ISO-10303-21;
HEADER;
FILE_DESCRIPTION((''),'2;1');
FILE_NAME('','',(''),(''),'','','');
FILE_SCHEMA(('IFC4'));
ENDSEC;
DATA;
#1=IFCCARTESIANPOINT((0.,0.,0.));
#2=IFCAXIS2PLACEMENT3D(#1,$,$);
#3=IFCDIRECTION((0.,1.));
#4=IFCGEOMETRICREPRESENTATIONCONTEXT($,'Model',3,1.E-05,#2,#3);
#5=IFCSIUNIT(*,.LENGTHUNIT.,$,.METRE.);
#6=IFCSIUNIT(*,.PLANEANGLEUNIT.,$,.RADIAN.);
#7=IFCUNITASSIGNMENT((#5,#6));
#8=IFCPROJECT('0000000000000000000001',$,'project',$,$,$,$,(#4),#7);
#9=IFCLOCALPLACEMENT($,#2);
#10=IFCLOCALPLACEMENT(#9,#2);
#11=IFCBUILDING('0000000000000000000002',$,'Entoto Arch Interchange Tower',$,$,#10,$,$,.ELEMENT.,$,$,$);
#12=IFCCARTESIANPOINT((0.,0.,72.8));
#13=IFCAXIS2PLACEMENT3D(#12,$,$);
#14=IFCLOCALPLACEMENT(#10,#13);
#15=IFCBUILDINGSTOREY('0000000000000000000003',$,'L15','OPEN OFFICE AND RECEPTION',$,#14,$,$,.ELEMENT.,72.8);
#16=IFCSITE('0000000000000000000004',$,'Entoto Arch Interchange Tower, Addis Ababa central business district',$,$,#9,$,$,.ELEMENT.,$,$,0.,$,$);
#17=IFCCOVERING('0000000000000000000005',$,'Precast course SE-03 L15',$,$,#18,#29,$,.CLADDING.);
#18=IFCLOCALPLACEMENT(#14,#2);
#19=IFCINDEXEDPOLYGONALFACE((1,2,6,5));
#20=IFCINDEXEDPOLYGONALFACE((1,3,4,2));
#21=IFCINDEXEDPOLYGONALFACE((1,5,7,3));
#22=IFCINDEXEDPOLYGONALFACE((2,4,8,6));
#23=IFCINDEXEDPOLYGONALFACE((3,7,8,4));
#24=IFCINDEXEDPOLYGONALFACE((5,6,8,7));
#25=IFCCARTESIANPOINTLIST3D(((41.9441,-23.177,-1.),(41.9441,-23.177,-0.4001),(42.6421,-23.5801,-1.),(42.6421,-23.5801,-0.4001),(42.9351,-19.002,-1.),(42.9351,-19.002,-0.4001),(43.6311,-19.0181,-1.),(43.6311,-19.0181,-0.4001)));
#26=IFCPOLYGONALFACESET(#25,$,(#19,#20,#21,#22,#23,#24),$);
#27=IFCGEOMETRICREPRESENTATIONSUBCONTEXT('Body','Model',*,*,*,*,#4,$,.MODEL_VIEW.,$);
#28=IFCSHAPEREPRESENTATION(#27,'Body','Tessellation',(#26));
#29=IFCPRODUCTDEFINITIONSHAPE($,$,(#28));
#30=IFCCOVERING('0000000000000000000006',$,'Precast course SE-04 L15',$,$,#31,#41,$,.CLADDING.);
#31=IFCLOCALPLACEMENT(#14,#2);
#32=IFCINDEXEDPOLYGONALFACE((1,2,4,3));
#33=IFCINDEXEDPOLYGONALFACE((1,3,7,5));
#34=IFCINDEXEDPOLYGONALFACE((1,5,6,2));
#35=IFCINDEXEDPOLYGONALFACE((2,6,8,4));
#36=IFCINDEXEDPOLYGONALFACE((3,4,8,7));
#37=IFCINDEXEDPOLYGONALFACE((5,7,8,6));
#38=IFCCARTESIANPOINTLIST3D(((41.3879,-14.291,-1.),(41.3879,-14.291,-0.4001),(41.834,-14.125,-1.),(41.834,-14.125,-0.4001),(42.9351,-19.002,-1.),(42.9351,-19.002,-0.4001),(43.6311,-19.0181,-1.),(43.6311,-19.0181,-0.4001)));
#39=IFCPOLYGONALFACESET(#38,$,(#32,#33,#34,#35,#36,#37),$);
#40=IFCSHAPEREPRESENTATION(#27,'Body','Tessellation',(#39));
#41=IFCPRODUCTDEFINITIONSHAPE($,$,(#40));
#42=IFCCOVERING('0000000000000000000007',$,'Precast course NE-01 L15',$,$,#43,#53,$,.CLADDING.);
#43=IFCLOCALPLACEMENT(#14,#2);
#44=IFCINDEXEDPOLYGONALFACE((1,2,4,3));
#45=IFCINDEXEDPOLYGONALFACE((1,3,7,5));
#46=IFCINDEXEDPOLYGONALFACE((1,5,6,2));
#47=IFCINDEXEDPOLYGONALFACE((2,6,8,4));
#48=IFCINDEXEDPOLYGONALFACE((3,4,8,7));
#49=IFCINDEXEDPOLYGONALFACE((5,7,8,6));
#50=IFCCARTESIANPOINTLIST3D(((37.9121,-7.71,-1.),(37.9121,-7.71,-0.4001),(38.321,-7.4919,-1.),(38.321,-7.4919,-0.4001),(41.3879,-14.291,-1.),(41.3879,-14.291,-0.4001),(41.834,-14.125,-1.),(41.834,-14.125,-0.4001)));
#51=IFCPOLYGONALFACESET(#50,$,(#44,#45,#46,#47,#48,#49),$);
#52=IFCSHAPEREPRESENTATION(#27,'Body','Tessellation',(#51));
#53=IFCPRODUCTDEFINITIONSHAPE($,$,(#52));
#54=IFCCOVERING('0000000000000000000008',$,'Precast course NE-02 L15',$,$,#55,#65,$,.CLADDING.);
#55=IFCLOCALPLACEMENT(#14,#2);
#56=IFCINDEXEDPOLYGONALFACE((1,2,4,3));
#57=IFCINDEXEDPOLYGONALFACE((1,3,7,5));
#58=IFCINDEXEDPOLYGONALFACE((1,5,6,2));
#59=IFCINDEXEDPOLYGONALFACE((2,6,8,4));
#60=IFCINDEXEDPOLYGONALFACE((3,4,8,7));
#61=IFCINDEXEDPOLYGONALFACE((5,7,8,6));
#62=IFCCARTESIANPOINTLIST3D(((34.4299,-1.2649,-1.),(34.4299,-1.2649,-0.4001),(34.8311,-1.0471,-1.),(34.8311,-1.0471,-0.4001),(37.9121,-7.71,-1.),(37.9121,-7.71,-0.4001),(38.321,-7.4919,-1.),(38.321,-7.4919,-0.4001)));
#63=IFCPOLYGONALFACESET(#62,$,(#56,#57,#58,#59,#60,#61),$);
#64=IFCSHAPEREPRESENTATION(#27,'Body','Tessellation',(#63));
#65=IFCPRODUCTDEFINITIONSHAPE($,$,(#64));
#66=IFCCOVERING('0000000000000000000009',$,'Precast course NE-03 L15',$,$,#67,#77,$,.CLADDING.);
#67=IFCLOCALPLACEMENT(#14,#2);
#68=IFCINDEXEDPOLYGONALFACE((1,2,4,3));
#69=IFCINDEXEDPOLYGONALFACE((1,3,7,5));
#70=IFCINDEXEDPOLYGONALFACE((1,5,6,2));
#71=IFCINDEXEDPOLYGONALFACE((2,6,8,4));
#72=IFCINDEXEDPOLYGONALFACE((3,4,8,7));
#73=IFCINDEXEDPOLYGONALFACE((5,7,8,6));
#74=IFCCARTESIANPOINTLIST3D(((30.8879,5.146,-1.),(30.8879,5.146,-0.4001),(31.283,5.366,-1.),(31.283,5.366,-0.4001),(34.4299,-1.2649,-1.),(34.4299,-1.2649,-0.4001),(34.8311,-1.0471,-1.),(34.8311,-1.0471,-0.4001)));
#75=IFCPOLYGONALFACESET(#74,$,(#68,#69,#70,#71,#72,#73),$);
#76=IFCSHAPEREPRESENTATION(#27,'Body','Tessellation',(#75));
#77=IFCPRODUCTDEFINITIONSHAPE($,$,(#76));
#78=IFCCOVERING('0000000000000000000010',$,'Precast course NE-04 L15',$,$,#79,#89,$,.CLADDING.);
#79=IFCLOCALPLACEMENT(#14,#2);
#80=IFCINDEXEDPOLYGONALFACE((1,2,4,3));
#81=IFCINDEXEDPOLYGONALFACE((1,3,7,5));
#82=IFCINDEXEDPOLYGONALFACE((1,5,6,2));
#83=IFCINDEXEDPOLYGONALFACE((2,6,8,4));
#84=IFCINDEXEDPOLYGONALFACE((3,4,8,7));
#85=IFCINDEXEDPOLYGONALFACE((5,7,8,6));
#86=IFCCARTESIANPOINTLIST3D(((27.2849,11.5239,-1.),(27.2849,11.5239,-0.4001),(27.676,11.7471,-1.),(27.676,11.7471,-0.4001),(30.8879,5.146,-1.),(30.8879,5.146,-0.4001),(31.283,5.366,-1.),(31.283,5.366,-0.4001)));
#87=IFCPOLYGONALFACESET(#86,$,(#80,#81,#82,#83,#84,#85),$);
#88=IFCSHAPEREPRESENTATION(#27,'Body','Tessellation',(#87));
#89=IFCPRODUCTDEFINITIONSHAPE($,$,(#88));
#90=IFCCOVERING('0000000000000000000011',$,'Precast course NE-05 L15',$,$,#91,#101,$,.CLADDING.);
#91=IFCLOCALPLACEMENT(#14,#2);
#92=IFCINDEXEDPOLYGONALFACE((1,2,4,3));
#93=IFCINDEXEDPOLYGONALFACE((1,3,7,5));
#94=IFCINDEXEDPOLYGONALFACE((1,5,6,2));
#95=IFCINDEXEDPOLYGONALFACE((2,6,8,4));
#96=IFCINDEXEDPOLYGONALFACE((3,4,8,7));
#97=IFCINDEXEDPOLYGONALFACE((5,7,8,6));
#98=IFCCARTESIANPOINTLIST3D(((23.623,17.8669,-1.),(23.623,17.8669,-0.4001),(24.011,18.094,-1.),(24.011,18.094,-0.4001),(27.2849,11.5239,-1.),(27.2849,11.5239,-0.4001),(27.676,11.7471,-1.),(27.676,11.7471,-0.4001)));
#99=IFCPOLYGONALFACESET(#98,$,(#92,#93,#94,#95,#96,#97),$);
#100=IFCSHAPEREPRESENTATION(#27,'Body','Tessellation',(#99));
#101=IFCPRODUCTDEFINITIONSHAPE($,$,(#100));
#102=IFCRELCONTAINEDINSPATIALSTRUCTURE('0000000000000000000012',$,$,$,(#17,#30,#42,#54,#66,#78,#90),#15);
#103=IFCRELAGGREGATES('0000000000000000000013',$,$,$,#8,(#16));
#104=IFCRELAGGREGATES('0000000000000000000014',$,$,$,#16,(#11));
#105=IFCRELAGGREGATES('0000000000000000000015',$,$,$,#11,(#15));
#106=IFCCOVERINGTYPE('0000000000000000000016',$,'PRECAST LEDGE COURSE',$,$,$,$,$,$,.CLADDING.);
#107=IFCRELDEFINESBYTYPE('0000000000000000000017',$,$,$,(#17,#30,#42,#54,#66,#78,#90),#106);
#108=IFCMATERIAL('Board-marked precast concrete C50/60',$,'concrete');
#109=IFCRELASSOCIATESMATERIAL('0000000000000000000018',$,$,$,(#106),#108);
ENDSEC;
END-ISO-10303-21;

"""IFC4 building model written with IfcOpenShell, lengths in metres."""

from ifc_helpers import new_model, si_unit, direction, frame, origin, place, context, subcontext, project, spatial, polyline, outline, extrude, material, type_object, element, save


model = new_model("IFC4")

# Units and contexts
model_context = context("Model", 3, precision=1e-05, world=origin(), true_north=direction((0.0, 1.0)))
body_context = subcontext(model_context, "Body", "Model", "MODEL_VIEW")
ifc_project = project(units=[si_unit("LENGTHUNIT", "METRE"), si_unit("PLANEANGLEUNIT", "RADIAN")], contexts=[model_context])

# Site, building, storey
site_placement = place(None, origin())
site = spatial("IfcSite", under=ifc_project, at=site_placement, Name="Entoto Arch Interchange Tower, Addis Ababa central business district", CompositionType="ELEMENT", RefElevation=0.0)
building_placement = place(site_placement, origin())
building = spatial("IfcBuilding", under=site, at=building_placement, Name="Entoto Arch Interchange Tower", CompositionType="ELEMENT")
storey_placement = place(building_placement, frame((0.0, 0.0, 72.8)))
storey = spatial("IfcBuildingStorey", under=building, at=storey_placement, Name="L15", Description="OPEN OFFICE AND RECEPTION", CompositionType="ELEMENT", Elevation=72.8)

# Coverings
ifc_material_1 = material(Name="Board-marked precast concrete C50/60", Category="concrete")
covering_type = type_object("IfcCoveringType", Name="PRECAST LEDGE COURSE", PredefinedType="CLADDING", material=ifc_material_1)
covering_1_placement = place(storey_placement, frame((0.0, 0.0, -1.0)))
element("IfcCovering", 1, at=covering_1_placement, inside=storey, type_object=covering_type, Name="Precast course SE-03 L15", PredefinedType="CLADDING", context=body_context, shape_type="SweptSolid", body=[
    extrude(outline(polyline([(42.9351, -19.002), (43.6311, -19.0181), (42.6421, -23.5801), (41.9441, -23.177), (42.9351, -19.002)])), origin(), (0.0, 0.0, 1.0), 0.5999),
])
covering_2_placement = place(storey_placement, frame((0.0, 0.0, -1.0)))
element("IfcCovering", 2, at=covering_2_placement, inside=storey, type_object=covering_type, Name="Precast course SE-04 L15", PredefinedType="CLADDING", context=body_context, shape_type="SweptSolid", body=[
    extrude(outline(polyline([(41.3879, -14.291), (41.834, -14.125), (43.6311, -19.0181), (42.9351, -19.002), (41.3879, -14.291)])), origin(), (0.0, 0.0, 1.0), 0.5999),
])
covering_3_placement = place(storey_placement, frame((0.0, 0.0, -1.0)))
element("IfcCovering", 3, at=covering_3_placement, inside=storey, type_object=covering_type, Name="Precast course NE-01 L15", PredefinedType="CLADDING", context=body_context, shape_type="SweptSolid", body=[
    extrude(outline(polyline([(37.9121, -7.71), (38.321, -7.4919), (41.834, -14.125), (41.3879, -14.291), (37.9121, -7.71)])), origin(), (0.0, 0.0, 1.0), 0.5999),
])
covering_4_placement = place(storey_placement, frame((0.0, 0.0, -1.0)))
element("IfcCovering", 4, at=covering_4_placement, inside=storey, type_object=covering_type, Name="Precast course NE-02 L15", PredefinedType="CLADDING", context=body_context, shape_type="SweptSolid", body=[
    extrude(outline(polyline([(34.4299, -1.2649), (34.8311, -1.0471), (38.321, -7.4919), (37.9121, -7.71), (34.4299, -1.2649)])), origin(), (0.0, 0.0, 1.0), 0.5999),
])
covering_5_placement = place(storey_placement, frame((0.0, 0.0, -1.0)))
element("IfcCovering", 5, at=covering_5_placement, inside=storey, type_object=covering_type, Name="Precast course NE-03 L15", PredefinedType="CLADDING", context=body_context, shape_type="SweptSolid", body=[
    extrude(outline(polyline([(30.8879, 5.146), (31.283, 5.366), (34.8311, -1.0471), (34.4299, -1.2649), (30.8879, 5.146)])), origin(), (0.0, 0.0, 1.0), 0.5999),
])
covering_6_placement = place(storey_placement, frame((0.0, 0.0, -1.0)))
element("IfcCovering", 6, at=covering_6_placement, inside=storey, type_object=covering_type, Name="Precast course NE-04 L15", PredefinedType="CLADDING", context=body_context, shape_type="SweptSolid", body=[
    extrude(outline(polyline([(27.2849, 11.5239), (27.676, 11.7471), (31.283, 5.366), (30.8879, 5.146), (27.2849, 11.5239)])), origin(), (0.0, 0.0, 1.0), 0.5999),
])
covering_7_placement = place(storey_placement, frame((0.0, 0.0, -1.0)))
element("IfcCovering", 7, at=covering_7_placement, inside=storey, type_object=covering_type, Name="Precast course NE-05 L15", PredefinedType="CLADDING", context=body_context, shape_type="SweptSolid", body=[
    extrude(outline(polyline([(23.623, 17.8669), (24.011, 18.094), (27.676, 11.7471), (27.2849, 11.5239), (23.623, 17.8669)])), origin(), (0.0, 0.0, 1.0), 0.5999),
])

save(model, "model.ifc")
